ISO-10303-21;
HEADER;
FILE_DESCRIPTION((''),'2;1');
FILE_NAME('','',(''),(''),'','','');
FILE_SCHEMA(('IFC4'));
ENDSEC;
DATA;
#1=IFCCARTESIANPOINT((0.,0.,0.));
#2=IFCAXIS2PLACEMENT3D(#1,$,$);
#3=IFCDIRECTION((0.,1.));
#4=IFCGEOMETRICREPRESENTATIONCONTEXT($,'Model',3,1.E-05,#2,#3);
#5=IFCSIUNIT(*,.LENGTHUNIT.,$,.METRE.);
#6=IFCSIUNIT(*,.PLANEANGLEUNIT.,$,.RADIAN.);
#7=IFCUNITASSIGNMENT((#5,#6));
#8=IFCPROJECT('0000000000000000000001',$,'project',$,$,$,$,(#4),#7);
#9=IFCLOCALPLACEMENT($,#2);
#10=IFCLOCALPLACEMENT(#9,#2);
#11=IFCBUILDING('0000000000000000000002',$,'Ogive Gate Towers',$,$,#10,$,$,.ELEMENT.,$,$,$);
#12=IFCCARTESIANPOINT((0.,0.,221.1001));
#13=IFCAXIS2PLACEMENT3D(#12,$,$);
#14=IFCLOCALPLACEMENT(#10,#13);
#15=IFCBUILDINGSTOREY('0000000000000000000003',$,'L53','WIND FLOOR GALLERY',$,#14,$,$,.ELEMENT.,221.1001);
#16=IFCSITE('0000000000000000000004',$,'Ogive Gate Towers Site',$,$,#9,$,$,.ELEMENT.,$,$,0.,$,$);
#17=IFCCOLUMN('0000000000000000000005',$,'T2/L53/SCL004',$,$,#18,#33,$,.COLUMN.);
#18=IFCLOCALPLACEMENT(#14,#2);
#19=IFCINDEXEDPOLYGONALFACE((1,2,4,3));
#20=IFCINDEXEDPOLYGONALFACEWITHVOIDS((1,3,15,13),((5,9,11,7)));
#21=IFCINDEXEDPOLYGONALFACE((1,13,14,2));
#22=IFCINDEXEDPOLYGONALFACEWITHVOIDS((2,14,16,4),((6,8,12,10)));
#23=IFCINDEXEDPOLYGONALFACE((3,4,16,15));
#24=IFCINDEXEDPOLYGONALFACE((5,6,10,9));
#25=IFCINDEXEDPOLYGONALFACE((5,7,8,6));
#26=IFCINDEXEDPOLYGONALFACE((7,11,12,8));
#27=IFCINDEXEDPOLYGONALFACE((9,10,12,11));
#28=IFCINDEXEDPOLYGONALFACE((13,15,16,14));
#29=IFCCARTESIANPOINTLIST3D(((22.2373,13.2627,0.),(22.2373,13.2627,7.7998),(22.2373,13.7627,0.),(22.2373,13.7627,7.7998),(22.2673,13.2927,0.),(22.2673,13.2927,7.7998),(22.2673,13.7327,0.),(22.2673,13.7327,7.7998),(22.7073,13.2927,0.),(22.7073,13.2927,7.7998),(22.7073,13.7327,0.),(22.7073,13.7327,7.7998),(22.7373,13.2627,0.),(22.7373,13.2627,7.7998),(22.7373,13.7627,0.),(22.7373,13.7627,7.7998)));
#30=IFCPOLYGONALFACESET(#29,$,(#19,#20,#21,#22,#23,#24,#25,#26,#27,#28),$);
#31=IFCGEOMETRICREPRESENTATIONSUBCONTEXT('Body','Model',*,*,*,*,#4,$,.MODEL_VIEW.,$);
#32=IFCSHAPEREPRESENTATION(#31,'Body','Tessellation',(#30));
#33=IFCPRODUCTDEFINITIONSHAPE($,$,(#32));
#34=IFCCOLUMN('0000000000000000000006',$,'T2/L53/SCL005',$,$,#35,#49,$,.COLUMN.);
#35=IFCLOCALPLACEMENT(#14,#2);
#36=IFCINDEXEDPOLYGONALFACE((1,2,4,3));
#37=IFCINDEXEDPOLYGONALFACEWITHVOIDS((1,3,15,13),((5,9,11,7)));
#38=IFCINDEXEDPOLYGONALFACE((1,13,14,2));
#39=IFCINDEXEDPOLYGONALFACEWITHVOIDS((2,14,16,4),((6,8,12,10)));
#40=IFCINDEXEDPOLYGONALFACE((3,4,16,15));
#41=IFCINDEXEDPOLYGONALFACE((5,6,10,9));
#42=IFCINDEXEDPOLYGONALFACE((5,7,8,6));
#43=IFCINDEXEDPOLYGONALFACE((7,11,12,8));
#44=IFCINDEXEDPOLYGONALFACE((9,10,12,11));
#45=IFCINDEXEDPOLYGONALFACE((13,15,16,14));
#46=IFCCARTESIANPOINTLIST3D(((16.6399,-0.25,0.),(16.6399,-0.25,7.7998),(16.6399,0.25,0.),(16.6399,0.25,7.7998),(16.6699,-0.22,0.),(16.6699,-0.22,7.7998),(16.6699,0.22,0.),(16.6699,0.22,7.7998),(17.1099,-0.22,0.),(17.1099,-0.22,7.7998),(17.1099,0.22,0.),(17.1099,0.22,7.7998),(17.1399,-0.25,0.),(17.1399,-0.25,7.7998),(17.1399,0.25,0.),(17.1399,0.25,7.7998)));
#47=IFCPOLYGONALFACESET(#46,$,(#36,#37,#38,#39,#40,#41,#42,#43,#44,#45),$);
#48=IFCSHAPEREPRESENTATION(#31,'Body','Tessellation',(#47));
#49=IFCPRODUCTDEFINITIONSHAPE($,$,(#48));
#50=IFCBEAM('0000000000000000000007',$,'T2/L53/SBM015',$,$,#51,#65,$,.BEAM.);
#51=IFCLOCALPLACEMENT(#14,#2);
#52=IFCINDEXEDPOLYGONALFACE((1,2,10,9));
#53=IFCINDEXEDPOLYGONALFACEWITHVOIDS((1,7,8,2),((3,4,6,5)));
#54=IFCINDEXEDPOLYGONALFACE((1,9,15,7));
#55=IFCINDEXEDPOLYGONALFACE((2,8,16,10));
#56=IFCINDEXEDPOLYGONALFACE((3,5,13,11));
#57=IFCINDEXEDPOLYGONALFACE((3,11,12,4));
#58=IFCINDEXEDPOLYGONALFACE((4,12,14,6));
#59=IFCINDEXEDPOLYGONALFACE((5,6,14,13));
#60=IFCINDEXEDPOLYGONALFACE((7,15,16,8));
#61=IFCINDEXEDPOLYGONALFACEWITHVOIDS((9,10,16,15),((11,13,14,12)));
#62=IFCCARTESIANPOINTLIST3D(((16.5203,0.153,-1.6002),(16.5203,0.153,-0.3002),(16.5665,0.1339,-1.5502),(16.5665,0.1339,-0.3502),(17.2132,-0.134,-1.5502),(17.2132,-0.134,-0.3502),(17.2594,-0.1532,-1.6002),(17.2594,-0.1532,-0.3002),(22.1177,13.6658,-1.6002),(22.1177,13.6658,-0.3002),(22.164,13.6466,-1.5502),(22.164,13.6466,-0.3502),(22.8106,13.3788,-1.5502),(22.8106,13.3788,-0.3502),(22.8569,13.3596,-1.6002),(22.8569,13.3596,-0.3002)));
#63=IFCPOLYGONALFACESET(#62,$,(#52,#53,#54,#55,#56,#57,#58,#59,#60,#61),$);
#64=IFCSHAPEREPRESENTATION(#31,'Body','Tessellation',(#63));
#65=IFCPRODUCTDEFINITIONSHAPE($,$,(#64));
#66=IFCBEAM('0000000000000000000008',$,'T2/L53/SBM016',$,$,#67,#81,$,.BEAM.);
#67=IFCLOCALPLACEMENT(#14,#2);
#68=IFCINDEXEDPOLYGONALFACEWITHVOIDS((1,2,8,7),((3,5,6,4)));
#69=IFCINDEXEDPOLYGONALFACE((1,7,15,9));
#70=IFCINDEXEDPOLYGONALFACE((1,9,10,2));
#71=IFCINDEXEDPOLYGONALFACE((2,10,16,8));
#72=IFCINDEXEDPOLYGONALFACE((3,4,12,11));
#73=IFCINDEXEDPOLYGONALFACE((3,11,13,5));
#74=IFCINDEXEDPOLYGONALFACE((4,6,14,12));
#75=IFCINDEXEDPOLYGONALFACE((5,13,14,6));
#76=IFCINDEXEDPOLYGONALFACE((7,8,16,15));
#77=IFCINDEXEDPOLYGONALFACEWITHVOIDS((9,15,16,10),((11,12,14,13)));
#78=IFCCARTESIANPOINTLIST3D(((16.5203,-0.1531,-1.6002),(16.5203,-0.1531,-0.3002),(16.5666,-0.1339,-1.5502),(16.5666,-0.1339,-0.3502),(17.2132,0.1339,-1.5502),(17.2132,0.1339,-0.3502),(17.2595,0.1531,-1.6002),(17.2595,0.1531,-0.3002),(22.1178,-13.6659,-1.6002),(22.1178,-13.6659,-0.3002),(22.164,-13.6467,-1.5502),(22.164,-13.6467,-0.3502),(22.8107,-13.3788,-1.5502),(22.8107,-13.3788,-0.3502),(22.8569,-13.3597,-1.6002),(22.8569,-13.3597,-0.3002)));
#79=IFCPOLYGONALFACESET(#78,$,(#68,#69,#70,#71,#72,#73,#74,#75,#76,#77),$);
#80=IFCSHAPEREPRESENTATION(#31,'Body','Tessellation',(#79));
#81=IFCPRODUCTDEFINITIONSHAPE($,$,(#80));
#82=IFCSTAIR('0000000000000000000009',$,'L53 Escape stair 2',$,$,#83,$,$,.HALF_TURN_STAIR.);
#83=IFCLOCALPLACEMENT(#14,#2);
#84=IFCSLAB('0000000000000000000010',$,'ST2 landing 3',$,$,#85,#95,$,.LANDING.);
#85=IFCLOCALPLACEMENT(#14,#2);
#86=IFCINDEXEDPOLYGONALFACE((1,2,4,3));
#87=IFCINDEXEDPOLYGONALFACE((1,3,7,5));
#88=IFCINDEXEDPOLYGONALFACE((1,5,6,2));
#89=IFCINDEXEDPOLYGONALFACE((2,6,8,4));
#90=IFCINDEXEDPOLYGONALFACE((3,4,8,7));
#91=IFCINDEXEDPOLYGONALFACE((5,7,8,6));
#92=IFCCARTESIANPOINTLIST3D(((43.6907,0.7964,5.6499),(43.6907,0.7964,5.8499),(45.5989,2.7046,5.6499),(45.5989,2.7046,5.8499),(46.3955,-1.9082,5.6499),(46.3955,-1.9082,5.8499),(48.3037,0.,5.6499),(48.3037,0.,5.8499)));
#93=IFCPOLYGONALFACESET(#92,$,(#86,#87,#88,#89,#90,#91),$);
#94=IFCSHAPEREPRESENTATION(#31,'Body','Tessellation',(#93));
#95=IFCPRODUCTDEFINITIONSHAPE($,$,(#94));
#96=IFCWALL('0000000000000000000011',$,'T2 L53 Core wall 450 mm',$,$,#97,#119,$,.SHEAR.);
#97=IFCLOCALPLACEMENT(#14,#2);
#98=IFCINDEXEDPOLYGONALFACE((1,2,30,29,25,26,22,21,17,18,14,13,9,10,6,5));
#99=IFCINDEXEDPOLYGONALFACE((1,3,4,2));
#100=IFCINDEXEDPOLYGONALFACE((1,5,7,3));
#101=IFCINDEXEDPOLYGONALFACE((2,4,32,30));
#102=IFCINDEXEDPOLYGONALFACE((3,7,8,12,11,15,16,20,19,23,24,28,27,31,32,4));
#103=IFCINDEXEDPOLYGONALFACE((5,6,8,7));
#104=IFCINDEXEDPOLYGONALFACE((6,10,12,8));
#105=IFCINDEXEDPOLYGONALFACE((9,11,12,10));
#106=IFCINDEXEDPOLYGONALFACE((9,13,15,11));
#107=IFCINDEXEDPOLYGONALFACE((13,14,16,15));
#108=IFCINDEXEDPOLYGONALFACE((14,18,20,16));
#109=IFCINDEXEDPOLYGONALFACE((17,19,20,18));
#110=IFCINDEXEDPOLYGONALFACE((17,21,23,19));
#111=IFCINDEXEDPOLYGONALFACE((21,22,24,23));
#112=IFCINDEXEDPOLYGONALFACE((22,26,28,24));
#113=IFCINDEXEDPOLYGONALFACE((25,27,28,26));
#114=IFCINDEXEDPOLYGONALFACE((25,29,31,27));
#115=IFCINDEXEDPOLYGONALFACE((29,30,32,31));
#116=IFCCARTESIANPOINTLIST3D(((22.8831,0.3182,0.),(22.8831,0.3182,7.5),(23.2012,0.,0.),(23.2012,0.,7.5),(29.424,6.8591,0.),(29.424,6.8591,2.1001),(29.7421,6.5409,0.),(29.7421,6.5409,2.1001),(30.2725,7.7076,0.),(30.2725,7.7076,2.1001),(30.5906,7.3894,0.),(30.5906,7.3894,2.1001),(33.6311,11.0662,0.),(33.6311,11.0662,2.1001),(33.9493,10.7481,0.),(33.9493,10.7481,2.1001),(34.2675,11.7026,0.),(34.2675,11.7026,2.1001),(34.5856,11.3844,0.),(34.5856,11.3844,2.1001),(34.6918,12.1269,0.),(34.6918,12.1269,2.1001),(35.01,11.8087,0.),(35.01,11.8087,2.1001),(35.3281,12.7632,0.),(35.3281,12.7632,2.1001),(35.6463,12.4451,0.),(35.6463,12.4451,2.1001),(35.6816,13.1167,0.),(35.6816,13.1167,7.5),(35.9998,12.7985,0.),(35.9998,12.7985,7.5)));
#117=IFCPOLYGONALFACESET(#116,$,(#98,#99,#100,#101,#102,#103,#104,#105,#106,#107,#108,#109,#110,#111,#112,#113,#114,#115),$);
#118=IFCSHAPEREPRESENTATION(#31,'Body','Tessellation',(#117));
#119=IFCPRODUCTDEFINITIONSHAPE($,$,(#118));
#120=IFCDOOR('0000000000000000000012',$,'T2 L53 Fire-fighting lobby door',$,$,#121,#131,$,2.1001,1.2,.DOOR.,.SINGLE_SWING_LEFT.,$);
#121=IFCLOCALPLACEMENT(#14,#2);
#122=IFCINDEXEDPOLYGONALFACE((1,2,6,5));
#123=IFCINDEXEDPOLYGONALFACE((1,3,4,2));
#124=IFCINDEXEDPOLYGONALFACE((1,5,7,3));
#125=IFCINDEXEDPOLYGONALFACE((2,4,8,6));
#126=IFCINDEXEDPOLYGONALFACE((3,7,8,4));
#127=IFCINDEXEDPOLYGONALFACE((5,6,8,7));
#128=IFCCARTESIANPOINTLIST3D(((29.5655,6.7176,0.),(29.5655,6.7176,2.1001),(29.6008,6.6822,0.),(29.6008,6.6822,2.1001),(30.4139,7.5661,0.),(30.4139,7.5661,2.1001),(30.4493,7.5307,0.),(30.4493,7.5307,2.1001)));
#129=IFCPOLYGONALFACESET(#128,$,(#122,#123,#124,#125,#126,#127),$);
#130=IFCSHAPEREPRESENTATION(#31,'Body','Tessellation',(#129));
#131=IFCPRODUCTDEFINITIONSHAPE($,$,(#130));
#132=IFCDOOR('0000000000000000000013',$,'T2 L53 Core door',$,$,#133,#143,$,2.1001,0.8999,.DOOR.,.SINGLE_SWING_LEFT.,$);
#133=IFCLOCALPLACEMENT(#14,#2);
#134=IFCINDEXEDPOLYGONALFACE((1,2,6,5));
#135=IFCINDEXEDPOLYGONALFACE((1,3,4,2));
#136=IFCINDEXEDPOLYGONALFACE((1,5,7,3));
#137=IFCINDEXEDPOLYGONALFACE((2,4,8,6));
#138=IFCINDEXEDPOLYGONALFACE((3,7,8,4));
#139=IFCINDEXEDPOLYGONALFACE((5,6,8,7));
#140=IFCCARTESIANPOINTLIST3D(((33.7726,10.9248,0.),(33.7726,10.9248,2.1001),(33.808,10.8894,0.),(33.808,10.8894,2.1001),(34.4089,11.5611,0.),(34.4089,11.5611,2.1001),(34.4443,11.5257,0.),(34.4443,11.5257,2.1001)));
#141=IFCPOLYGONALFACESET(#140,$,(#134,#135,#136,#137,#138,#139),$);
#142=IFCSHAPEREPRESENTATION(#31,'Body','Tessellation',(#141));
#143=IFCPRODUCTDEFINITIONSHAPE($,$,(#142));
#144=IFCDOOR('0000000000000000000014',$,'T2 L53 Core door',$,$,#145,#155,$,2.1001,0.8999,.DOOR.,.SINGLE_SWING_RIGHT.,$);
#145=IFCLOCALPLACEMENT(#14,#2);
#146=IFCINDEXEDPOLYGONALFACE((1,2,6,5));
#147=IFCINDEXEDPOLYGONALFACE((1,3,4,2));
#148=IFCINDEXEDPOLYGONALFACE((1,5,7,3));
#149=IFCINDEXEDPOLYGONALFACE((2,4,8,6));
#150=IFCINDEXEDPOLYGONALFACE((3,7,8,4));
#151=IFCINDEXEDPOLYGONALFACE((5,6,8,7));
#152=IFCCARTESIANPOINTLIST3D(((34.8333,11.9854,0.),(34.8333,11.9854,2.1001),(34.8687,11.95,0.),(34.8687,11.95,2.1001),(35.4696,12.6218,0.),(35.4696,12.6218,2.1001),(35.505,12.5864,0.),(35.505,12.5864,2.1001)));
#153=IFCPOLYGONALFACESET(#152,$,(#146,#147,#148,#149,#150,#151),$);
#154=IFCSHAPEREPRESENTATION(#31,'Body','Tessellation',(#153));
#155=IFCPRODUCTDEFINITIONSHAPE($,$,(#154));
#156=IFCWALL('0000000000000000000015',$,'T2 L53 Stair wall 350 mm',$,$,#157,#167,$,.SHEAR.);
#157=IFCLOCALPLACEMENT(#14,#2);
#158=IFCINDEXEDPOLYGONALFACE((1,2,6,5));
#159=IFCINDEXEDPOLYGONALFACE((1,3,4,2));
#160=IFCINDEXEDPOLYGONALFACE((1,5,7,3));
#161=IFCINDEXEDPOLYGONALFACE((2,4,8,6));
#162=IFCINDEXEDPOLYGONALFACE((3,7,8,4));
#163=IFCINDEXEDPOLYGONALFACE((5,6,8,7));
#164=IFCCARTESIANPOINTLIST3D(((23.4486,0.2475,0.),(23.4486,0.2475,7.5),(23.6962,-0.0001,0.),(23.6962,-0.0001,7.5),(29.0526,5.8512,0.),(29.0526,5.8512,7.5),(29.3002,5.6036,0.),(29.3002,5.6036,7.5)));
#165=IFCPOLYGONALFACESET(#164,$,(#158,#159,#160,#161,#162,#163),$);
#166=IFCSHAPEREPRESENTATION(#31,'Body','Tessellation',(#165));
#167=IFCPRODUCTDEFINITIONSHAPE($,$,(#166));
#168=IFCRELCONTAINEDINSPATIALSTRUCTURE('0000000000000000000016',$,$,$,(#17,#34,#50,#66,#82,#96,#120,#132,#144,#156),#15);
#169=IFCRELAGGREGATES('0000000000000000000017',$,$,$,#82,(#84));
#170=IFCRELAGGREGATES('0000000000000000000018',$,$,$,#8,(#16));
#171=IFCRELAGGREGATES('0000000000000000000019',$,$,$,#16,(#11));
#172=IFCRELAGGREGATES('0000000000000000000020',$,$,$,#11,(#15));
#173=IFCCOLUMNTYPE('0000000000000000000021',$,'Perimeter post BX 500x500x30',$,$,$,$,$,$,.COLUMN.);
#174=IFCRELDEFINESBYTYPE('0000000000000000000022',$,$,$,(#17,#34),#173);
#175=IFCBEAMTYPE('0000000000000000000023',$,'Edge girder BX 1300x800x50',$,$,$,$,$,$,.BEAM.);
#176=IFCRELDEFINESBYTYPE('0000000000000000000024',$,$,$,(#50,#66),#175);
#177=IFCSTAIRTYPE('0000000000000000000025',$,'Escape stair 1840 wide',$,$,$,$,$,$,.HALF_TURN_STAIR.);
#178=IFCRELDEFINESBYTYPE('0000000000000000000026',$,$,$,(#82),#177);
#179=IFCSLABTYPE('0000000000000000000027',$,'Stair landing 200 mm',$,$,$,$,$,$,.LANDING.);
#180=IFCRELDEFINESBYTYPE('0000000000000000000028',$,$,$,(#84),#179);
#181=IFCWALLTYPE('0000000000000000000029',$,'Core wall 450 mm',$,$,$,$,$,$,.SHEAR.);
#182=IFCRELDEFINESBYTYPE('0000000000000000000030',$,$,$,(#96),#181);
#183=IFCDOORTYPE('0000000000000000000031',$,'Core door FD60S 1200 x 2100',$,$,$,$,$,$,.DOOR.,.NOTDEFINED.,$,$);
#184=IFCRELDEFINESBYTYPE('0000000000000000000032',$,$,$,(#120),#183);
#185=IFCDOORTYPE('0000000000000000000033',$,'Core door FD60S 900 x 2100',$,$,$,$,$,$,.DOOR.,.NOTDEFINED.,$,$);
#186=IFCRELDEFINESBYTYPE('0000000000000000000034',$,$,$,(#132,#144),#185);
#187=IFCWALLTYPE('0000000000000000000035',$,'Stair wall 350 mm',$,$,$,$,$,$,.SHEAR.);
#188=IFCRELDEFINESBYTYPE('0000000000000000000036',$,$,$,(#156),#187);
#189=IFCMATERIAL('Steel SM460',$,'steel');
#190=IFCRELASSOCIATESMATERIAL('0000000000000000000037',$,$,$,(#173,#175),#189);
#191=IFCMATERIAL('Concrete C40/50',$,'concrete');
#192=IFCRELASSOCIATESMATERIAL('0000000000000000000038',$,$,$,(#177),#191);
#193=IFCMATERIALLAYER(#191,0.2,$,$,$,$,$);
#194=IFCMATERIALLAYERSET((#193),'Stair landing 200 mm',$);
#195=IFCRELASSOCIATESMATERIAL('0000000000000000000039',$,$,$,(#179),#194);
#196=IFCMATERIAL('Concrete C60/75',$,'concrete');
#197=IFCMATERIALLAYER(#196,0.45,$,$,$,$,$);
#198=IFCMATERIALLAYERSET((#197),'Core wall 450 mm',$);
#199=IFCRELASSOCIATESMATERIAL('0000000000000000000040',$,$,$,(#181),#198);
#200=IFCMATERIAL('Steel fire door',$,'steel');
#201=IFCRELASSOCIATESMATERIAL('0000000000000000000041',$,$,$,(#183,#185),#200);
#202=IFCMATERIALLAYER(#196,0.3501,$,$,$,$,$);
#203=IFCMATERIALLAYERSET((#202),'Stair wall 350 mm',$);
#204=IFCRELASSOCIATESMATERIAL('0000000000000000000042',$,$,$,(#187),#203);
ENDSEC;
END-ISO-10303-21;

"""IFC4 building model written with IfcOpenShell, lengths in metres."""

from ifc_helpers import new_model, si_unit, direction, frame, frame_2d, origin, origin_2d, place, context, subcontext, project, spatial, polyline, rectangle, hollow_rectangle, outline, extrude, material, layer, layer_set, material_profile, profile_set, type_object, element, fill, aggregate, save


model = new_model("IFC4")

# Units and contexts
model_context = context("Model", 3, precision=1e-05, world=origin(), true_north=direction((0.0, 1.0)))
body_context = subcontext(model_context, "Body", "Model", "MODEL_VIEW")
ifc_project = project(units=[si_unit("LENGTHUNIT", "METRE"), si_unit("PLANEANGLEUNIT", "RADIAN")], contexts=[model_context])

# Site, building, storey
site_placement = place(None, origin())
site = spatial("IfcSite", under=ifc_project, at=site_placement, Name="Ogive Gate Towers Site", CompositionType="ELEMENT", RefElevation=0.0)
building_placement = place(site_placement, origin())
building = spatial("IfcBuilding", under=site, at=building_placement, Name="Ogive Gate Towers", CompositionType="ELEMENT")
storey_placement = place(building_placement, frame((0.0, 0.0, 221.1001)))
storey = spatial("IfcBuildingStorey", under=building, at=storey_placement, Name="L53", Description="WIND FLOOR GALLERY", CompositionType="ELEMENT", Elevation=221.1001)

# Columns
ifc_material_1 = material(Name="Steel SM460", Category="steel")
ifc_material_profile_1 = material_profile(ifc_material_1, hollow_rectangle(XDim=0.5, YDim=0.5, WallThickness=0.03, at=origin_2d()), Name="BX 500x500x30")
ifc_profile_set_1 = profile_set([ifc_material_profile_1], Name="Steel SM460")
column_type = type_object("IfcColumnType", Name="Perimeter post BX 500x500x30", PredefinedType="COLUMN", material=ifc_profile_set_1)
for number, where, z_axis, x_axis, name in (
    (1, (22.4873, 13.5127, 0.0), (0.0, 0.0, 1.0), (1.0, 0.0, 0.0), "T2/L53/SCL004"),
    (2, (16.8899, 0.0, 0.0), (0.0, 0.0, 1.0), (1.0, 0.0, 0.0), "T2/L53/SCL005"),
):
    element("IfcColumn", number, at=place(storey_placement, frame(where, z_axis=z_axis, x_axis=x_axis)), inside=storey, type_object=column_type, Name=name, PredefinedType="COLUMN", context=body_context, shape_type="SweptSolid", body=[
        extrude(hollow_rectangle(XDim=0.5, YDim=0.5, WallThickness=0.03, at=origin_2d()), origin(), (0.0, 0.0, 1.0), 7.7998),
    ])

# Beams
ifc_material_profile_2 = material_profile(ifc_material_1, hollow_rectangle(XDim=0.8, YDim=1.3, WallThickness=0.05, at=origin_2d()), Name="BX 1300x800x50")
ifc_profile_set_2 = profile_set([ifc_material_profile_2], Name="Steel SM460")
beam_type = type_object("IfcBeamType", Name="Edge girder BX 1300x800x50", PredefinedType="BEAM", material=ifc_profile_set_2)
for number, where, z_axis, x_axis, name in (
    (3, (22.4873, 13.5127, -0.9502), (-0.382699, -0.923873, 0.0), (0.923873, -0.382699, 0.0), "T2/L53/SBM015"),
    (4, (16.8899, 0.0, -0.9502), (0.382699, -0.923873, 0.0), (0.923873, 0.382699, 0.0), "T2/L53/SBM016"),
):
    element("IfcBeam", number, at=place(storey_placement, frame(where, z_axis=z_axis, x_axis=x_axis)), inside=storey, type_object=beam_type, Name=name, PredefinedType="BEAM", context=body_context, shape_type="SweptSolid", body=[
        extrude(hollow_rectangle(XDim=0.8, YDim=1.3, WallThickness=0.05, at=origin_2d()), origin(), (0.0, 0.0, 1.0), 14.6262),
    ])

# Stair, slab
ifc_material_2 = material(Name="Concrete C40/50", Category="concrete")
stair_type = type_object("IfcStairType", Name="Escape stair 1840 wide", PredefinedType="HALF_TURN_STAIR", material=ifc_material_2)
stair_placement = place(storey_placement, origin())
stair = element("IfcStair", 5, at=stair_placement, inside=storey, type_object=stair_type, Name="L53 Escape stair 2", PredefinedType="HALF_TURN_STAIR")
ifc_layer_1 = layer(ifc_material_2, 0.2)
ifc_layer_set_1 = layer_set([ifc_layer_1], Name="Stair landing 200 mm")
slab_type = type_object("IfcSlabType", Name="Stair landing 200 mm", PredefinedType="LANDING", material=ifc_layer_set_1)
slab_placement = place(storey_placement, frame((0.0, 0.0, 5.6499)))
slab = element("IfcSlab", 6, at=slab_placement, type_object=slab_type, Name="ST2 landing 3", PredefinedType="LANDING", context=body_context, shape_type="SweptSolid", body=[
    extrude(outline(polyline([(46.3955, -1.9082), (48.3037, 0.0), (45.5989, 2.7046), (43.6907, 0.7964), (46.3955, -1.9082)])), origin(), (0.0, 0.0, 1.0), 0.2),
])
aggregate(stair, [slab])

# Wall, openings, doors
ifc_material_3 = material(Name="Concrete C60/75", Category="concrete")
ifc_layer_2 = layer(ifc_material_3, 0.45)
ifc_layer_set_2 = layer_set([ifc_layer_2], Name="Core wall 450 mm")
wall_type_1 = type_object("IfcWallType", Name="Core wall 450 mm", PredefinedType="SHEAR", material=ifc_layer_set_2)
wall_1_placement = place(storey_placement, frame((23.0422, 0.1592, 0.0), z_axis=(0.0, 0.0, 1.0), x_axis=(0.707107, 0.707107, 0.0)))
wall_1 = element("IfcWall", 7, at=wall_1_placement, inside=storey, type_object=wall_type_1, Name="T2 L53 Core wall 450 mm", PredefinedType="SHEAR", context=body_context, shape_type="SweptSolid", body=[
    extrude(rectangle(XDim=18.0999, YDim=0.45, at=frame_2d((9.0498, 0.0))), origin(), (0.0, 0.0, 1.0), 7.5),
])
opening_1_placement = place(wall_1_placement, frame((9.25, 0.0, 0.0)))
opening_1 = element("IfcOpeningElement", 8, at=opening_1_placement, cuts=wall_1, PredefinedType="OPENING", context=body_context, shape_type="SweptSolid", body=[
    extrude(rectangle(XDim=1.2, YDim=2.1001, at=frame_2d((0.6001, 1.05))), frame((0.0, 0.2349, 0.0), z_axis=(0.0, -1.0, 0.0), x_axis=(1.0, 0.0, 0.0)), (0.0, 0.0, 1.0), 0.47),
])
opening_2_placement = place(wall_1_placement, frame((15.2, 0.0, 0.0)))
opening_2 = element("IfcOpeningElement", 9, at=opening_2_placement, cuts=wall_1, PredefinedType="OPENING", context=body_context, shape_type="SweptSolid", body=[
    extrude(rectangle(XDim=0.8999, YDim=2.1001, at=frame_2d((0.45, 1.05))), frame((0.0, 0.2349, 0.0), z_axis=(0.0, -1.0, 0.0), x_axis=(1.0, 0.0, 0.0)), (0.0, 0.0, 1.0), 0.47),
])
opening_3_placement = place(wall_1_placement, frame((16.7, 0.0, 0.0)))
opening_3 = element("IfcOpeningElement", 10, at=opening_3_placement, cuts=wall_1, PredefinedType="OPENING", context=body_context, shape_type="SweptSolid", body=[
    extrude(rectangle(XDim=0.8999, YDim=2.1001, at=frame_2d((0.45, 1.05))), frame((0.0, 0.2349, 0.0), z_axis=(0.0, -1.0, 0.0), x_axis=(1.0, 0.0, 0.0)), (0.0, 0.0, 1.0), 0.47),
])
ifc_material_4 = material(Name="Steel fire door", Category="steel")
door_type_1 = type_object("IfcDoorType", Name="Core door FD60S 1200 x 2100", OperationType="NOTDEFINED", PredefinedType="DOOR", material=ifc_material_4)
door_1_placement = place(opening_1_placement, origin())
door_1 = element("IfcDoor", 11, at=door_1_placement, inside=storey, type_object=door_type_1, Name="T2 L53 Fire-fighting lobby door", OperationType="SINGLE_SWING_LEFT", OverallHeight=2.1001, OverallWidth=1.2, PredefinedType="DOOR", context=body_context, shape_type="SweptSolid", body=[
    extrude(rectangle(XDim=1.2, YDim=2.1001, at=frame_2d((0.6001, 1.05))), frame((0.0, 0.0249, 0.0), z_axis=(0.0, -1.0, 0.0), x_axis=(1.0, 0.0, 0.0)), (0.0, 0.0, 1.0), 0.05),
])
fill(opening_1, door_1)
door_type_2 = type_object("IfcDoorType", Name="Core door FD60S 900 x 2100", OperationType="NOTDEFINED", PredefinedType="DOOR", material=ifc_material_4)
door_2_placement = place(opening_2_placement, origin())
door_2 = element("IfcDoor", 12, at=door_2_placement, inside=storey, type_object=door_type_2, Name="T2 L53 Core door", OperationType="SINGLE_SWING_LEFT", OverallHeight=2.1001, OverallWidth=0.8999, PredefinedType="DOOR", context=body_context, shape_type="SweptSolid", body=[
    extrude(rectangle(XDim=0.8999, YDim=2.1001, at=frame_2d((0.45, 1.05))), frame((0.0, 0.0249, 0.0), z_axis=(0.0, -1.0, 0.0), x_axis=(1.0, 0.0, 0.0)), (0.0, 0.0, 1.0), 0.05),
])
fill(opening_2, door_2)
door_3_placement = place(opening_3_placement, origin())
door_3 = element("IfcDoor", 13, at=door_3_placement, inside=storey, type_object=door_type_2, Name="T2 L53 Core door", OperationType="SINGLE_SWING_RIGHT", OverallHeight=2.1001, OverallWidth=0.8999, PredefinedType="DOOR", context=body_context, shape_type="SweptSolid", body=[
    extrude(rectangle(XDim=0.8999, YDim=2.1001, at=frame_2d((0.45, 1.05))), frame((0.0, 0.0249, 0.0), z_axis=(0.0, -1.0, 0.0), x_axis=(1.0, 0.0, 0.0)), (0.0, 0.0, 1.0), 0.05),
])
fill(opening_3, door_3)

# Wall
ifc_layer_3 = layer(ifc_material_3, 0.3501)
ifc_layer_set_3 = layer_set([ifc_layer_3], Name="Stair wall 350 mm")
wall_type_2 = type_object("IfcWallType", Name="Stair wall 350 mm", PredefinedType="SHEAR", material=ifc_layer_set_3)
wall_2_placement = place(storey_placement, frame((23.5725, 0.1238, 0.0), z_axis=(0.0, 0.0, 1.0), x_axis=(0.707122, 0.707091, 0.0)))
element("IfcWall", 14, at=wall_2_placement, inside=storey, type_object=wall_type_2, Name="T2 L53 Stair wall 350 mm", PredefinedType="SHEAR", context=body_context, shape_type="SweptSolid", body=[
    extrude(rectangle(XDim=7.925, YDim=0.3501, at=frame_2d((3.9624, 0.0))), origin(), (0.0, 0.0, 1.0), 7.5),
])

save(model, "model.ifc")
